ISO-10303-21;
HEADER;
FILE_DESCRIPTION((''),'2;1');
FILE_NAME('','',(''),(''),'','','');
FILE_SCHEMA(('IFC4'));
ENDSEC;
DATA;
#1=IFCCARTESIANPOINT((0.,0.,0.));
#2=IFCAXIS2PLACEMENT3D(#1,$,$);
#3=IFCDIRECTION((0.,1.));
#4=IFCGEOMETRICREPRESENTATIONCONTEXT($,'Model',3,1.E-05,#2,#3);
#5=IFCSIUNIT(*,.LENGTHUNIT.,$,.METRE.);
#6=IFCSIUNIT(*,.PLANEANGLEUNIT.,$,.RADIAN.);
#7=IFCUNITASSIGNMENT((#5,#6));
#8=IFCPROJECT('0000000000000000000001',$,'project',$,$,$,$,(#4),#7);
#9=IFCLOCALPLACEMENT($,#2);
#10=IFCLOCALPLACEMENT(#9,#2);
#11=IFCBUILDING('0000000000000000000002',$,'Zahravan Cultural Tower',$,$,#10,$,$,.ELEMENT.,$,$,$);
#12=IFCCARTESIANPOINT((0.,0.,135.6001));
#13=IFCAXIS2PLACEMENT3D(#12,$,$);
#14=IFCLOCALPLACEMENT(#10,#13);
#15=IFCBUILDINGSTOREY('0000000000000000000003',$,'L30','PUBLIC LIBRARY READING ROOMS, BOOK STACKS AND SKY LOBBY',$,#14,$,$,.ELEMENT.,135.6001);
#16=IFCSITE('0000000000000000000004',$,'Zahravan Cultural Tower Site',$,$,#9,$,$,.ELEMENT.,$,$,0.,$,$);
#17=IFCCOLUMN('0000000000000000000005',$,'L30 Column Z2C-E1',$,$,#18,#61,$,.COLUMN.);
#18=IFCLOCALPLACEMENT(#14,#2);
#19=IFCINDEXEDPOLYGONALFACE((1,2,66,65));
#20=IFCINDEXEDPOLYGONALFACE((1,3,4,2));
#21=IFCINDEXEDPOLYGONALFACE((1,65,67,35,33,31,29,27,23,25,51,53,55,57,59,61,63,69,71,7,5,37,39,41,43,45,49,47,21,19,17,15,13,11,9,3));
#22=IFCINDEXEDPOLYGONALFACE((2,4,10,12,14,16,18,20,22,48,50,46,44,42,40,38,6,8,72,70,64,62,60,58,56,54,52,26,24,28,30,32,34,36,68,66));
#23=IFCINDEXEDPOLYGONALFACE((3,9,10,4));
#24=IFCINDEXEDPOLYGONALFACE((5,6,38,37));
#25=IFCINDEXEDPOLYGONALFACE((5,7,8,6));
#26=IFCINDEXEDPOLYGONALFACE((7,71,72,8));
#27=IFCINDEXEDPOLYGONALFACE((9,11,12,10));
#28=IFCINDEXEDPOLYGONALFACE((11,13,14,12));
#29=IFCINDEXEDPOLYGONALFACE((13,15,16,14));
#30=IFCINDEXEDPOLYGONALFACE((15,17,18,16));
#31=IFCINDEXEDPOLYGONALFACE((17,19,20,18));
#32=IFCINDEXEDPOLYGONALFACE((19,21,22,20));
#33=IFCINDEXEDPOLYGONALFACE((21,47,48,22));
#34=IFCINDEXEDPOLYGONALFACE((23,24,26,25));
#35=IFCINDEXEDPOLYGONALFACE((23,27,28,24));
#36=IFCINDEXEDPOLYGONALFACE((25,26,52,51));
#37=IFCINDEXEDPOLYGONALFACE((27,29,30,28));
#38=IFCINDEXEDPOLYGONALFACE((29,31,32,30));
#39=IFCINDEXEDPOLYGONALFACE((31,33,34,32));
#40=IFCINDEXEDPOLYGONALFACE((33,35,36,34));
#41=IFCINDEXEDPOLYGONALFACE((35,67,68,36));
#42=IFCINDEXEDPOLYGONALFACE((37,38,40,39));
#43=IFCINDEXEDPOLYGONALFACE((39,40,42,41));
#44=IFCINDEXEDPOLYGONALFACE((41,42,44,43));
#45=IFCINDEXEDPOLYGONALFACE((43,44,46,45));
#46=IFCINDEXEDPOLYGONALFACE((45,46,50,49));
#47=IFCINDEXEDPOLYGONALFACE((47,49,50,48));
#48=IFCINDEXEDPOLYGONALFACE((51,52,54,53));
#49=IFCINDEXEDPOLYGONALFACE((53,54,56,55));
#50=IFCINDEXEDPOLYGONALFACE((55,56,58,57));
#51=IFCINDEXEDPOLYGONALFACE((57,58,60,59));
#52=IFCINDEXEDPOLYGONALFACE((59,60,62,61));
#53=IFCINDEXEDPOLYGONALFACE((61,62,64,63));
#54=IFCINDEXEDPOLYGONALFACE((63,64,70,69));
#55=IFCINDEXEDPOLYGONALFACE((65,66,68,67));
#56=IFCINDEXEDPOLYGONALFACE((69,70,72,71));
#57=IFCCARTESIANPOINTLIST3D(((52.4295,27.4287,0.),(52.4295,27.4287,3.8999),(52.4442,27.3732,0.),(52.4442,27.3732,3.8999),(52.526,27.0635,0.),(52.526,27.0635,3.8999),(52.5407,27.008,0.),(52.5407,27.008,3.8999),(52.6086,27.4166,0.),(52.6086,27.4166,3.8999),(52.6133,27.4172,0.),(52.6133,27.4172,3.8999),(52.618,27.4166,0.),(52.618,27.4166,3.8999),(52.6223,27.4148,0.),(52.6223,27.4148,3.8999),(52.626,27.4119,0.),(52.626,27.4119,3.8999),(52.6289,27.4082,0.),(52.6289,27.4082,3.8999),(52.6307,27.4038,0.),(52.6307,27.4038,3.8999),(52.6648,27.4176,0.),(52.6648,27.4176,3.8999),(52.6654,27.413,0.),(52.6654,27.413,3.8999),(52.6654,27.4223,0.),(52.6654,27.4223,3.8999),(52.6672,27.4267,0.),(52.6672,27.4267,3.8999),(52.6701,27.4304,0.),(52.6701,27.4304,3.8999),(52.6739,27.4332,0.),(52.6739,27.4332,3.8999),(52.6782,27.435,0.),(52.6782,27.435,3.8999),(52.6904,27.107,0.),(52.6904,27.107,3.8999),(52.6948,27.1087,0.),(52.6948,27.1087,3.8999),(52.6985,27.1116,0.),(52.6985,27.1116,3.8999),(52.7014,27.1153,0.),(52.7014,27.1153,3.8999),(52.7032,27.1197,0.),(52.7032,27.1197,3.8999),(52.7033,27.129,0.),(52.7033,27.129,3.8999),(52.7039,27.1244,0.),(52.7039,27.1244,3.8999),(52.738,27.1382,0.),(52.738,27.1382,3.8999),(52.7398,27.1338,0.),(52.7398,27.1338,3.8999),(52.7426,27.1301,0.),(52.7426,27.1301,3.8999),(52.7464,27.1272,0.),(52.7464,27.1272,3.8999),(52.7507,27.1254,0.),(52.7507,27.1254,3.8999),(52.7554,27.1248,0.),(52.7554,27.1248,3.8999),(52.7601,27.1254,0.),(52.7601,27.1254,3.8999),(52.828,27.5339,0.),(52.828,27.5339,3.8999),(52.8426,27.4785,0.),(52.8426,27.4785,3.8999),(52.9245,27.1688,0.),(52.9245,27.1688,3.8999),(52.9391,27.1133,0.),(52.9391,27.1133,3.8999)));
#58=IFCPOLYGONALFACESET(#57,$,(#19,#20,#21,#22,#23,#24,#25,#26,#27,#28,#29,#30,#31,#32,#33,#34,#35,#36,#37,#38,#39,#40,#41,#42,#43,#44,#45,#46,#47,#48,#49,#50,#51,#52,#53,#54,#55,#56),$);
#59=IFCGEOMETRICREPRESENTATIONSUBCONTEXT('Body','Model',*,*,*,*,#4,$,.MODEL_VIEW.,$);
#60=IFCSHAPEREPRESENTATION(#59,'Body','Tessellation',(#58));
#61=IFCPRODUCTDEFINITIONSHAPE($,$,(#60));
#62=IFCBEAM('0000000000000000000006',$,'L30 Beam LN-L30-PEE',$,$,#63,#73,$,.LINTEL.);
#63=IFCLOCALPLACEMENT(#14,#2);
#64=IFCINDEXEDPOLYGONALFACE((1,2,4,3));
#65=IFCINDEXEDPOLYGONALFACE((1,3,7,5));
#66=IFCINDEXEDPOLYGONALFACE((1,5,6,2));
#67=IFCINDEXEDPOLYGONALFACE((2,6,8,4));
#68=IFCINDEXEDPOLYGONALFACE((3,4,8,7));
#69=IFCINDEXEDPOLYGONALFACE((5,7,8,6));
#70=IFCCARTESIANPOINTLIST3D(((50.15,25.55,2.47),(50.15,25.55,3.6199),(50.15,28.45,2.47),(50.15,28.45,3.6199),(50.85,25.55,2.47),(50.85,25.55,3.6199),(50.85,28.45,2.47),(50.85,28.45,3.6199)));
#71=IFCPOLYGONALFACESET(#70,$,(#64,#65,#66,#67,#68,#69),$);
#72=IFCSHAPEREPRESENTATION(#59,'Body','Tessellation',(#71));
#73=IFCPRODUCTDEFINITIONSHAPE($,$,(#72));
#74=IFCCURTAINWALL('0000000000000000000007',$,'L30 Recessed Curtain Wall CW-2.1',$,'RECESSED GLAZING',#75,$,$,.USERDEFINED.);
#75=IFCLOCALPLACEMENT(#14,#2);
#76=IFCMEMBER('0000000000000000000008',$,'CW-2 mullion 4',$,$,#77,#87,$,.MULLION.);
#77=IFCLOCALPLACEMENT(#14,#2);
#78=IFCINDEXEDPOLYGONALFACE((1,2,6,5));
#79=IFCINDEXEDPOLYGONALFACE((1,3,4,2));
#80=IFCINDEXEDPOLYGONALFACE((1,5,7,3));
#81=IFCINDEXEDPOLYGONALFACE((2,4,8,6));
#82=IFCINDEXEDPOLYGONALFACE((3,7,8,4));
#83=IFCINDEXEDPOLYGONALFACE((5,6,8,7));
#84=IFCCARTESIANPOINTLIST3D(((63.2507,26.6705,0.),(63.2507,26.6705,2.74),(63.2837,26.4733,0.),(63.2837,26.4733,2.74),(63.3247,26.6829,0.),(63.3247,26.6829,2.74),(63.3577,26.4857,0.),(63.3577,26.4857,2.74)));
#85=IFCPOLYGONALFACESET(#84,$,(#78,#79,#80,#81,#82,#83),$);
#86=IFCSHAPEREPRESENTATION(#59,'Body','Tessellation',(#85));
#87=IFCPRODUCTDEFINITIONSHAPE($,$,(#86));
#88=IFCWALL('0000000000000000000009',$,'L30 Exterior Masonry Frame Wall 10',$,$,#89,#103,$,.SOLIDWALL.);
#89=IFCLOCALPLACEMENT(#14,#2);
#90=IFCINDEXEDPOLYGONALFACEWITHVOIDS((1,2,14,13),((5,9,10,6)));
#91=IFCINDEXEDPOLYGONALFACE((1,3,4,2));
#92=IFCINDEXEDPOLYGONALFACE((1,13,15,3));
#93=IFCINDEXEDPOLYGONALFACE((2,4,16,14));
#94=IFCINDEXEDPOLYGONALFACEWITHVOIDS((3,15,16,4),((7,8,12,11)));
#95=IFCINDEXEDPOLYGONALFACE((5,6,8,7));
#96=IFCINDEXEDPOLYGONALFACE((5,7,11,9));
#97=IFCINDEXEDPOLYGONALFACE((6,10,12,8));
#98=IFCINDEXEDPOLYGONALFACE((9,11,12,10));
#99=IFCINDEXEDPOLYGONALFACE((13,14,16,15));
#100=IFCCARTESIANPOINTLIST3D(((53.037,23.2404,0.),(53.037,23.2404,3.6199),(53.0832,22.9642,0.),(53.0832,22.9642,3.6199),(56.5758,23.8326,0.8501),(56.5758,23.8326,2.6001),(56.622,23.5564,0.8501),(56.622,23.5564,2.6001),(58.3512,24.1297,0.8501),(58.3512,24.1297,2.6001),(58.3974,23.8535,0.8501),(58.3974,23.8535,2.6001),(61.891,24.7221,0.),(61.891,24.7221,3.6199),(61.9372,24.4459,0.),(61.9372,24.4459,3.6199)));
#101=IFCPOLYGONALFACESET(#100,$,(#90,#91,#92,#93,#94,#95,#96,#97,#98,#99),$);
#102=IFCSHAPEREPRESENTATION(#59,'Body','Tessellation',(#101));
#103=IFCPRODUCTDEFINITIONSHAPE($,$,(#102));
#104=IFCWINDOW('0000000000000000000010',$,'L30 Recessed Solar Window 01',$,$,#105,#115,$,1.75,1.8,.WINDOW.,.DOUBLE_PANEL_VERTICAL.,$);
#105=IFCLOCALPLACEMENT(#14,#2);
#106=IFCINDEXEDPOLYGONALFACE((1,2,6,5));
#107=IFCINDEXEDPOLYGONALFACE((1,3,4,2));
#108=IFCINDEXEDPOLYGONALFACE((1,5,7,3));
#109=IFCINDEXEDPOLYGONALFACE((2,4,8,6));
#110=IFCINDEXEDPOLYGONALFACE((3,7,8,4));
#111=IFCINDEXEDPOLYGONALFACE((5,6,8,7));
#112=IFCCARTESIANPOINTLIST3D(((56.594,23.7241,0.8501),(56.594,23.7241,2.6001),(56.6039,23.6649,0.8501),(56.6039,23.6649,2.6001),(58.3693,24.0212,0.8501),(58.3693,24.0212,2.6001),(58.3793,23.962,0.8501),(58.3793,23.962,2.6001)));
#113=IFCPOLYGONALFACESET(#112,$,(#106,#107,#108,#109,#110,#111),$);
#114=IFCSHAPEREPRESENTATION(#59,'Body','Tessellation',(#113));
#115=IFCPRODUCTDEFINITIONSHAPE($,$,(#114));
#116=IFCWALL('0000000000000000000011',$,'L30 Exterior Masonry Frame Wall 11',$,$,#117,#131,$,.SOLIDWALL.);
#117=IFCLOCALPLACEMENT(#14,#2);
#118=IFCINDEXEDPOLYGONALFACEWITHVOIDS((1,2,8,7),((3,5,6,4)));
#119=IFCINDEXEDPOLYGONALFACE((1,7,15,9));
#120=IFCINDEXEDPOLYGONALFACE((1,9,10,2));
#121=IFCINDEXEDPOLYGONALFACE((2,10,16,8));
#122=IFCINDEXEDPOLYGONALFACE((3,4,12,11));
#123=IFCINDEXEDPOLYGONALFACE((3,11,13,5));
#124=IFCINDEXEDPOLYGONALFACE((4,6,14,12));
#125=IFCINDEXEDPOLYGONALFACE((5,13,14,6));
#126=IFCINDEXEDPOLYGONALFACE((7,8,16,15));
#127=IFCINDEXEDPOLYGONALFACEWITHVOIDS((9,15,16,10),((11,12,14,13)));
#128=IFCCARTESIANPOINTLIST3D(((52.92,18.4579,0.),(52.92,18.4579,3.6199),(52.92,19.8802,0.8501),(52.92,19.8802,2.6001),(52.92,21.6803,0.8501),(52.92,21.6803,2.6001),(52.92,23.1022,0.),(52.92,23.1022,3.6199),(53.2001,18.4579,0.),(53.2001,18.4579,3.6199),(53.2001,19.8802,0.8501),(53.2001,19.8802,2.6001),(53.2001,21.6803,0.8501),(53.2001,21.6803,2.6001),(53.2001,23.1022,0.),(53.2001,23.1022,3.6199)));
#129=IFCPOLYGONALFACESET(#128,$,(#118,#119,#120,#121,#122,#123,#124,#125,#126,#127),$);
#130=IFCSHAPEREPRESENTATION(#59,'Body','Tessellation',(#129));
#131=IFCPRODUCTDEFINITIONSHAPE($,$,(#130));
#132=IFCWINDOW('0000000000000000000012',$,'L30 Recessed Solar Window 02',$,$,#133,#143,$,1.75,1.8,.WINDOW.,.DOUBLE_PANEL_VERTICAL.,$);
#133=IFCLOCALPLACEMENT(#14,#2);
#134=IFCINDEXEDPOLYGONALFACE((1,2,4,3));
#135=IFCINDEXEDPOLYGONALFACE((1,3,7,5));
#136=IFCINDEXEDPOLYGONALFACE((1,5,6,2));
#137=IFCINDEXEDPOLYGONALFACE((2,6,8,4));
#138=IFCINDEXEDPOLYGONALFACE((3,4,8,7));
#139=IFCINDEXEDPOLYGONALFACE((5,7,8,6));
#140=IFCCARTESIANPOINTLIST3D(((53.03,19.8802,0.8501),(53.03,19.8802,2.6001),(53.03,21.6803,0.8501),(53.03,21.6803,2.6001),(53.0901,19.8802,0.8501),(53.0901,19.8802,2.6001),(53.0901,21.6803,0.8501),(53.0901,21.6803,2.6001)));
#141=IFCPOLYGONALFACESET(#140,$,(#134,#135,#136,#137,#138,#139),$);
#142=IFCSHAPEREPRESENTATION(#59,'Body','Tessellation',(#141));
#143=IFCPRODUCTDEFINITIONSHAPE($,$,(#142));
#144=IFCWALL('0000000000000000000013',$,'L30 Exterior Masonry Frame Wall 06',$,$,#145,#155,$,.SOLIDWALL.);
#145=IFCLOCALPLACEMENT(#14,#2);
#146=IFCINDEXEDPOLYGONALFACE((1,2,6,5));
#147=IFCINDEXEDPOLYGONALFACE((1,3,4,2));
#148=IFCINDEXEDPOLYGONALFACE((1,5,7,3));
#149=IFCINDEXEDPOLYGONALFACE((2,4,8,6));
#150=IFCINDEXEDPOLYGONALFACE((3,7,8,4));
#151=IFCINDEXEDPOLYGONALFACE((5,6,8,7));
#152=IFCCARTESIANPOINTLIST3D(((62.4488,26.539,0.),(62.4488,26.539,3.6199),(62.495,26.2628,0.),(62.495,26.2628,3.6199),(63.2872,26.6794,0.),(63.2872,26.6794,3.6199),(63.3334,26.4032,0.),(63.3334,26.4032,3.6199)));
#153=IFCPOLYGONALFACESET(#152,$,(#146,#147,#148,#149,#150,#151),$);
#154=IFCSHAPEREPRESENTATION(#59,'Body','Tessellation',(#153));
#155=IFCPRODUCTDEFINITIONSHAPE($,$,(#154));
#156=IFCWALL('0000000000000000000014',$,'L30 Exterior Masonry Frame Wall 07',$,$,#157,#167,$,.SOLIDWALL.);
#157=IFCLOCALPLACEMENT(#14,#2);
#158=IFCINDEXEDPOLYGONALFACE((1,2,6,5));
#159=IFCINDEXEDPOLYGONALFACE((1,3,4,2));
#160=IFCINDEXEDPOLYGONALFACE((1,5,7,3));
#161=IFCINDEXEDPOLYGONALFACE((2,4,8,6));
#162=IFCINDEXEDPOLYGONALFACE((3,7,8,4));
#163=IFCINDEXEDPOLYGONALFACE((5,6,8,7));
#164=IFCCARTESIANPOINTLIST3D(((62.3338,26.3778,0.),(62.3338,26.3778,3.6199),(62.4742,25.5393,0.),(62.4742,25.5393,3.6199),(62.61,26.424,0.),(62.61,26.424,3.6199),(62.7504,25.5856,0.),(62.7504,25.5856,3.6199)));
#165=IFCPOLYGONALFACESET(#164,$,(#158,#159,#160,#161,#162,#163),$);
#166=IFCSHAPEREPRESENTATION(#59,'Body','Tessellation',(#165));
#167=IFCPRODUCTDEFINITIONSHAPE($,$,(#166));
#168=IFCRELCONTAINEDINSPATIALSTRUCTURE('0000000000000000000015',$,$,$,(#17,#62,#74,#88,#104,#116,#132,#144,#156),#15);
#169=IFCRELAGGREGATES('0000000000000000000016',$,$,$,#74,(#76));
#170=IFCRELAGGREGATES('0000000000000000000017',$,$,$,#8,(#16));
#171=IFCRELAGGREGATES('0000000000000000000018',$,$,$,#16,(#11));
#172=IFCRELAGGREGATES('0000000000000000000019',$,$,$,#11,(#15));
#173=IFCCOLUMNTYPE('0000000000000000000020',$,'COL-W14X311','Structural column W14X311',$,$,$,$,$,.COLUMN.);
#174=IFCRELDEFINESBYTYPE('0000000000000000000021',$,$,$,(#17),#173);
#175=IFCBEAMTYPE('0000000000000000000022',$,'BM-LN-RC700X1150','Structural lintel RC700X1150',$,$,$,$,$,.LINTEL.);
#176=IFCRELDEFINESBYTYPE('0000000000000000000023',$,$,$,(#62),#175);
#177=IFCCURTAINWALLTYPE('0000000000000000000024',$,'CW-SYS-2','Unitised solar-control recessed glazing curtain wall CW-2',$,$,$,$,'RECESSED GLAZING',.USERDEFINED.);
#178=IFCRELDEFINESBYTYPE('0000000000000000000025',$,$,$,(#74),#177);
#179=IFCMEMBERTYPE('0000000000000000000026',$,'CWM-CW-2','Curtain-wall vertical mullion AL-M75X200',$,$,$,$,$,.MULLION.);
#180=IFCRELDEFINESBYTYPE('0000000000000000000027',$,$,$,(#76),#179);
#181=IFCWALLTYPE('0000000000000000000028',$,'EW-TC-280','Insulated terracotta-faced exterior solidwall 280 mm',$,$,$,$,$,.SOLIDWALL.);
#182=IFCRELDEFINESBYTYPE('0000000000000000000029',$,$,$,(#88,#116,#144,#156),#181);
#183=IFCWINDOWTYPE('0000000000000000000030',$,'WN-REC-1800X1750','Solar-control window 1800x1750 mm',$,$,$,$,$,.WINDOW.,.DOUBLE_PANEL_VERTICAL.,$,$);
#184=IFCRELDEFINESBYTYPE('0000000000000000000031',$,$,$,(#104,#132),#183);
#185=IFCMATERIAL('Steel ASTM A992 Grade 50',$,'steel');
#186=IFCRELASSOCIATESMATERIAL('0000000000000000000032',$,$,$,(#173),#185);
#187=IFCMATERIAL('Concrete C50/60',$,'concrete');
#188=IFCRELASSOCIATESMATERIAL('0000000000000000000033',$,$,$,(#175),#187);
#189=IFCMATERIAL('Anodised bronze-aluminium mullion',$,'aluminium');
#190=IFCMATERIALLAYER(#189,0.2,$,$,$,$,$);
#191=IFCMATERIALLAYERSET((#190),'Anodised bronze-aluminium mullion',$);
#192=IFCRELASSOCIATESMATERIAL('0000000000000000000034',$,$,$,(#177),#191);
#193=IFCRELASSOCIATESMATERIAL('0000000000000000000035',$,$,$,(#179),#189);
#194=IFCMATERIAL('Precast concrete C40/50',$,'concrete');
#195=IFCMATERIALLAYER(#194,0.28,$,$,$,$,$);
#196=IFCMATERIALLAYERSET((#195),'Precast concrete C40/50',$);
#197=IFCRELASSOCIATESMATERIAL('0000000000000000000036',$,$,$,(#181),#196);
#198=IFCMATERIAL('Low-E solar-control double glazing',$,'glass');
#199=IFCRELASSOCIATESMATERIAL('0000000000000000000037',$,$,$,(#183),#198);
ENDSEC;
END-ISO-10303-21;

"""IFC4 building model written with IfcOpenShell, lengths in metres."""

from ifc_helpers import new_model, si_unit, direction, frame, frame_2d, origin, origin_2d, place, context, subcontext, project, spatial, rectangle, i_section, extrude, source, transform, mapped, material, layer, layer_set, material_profile, profile_set, type_object, element, fill, aggregate, save


model = new_model("IFC4")

# Units and contexts
model_context = context("Model", 3, precision=1e-05, world=origin(), true_north=direction((0.0, 1.0)))
body_context = subcontext(model_context, "Body", "Model", "MODEL_VIEW")
ifc_project = project(units=[si_unit("LENGTHUNIT", "METRE"), si_unit("PLANEANGLEUNIT", "RADIAN")], contexts=[model_context])

# Site, building, storey
site_placement = place(None, origin())
site = spatial("IfcSite", under=ifc_project, at=site_placement, Name="Zahravan Cultural Tower Site", CompositionType="ELEMENT", RefElevation=0.0)
building_placement = place(site_placement, origin())
building = spatial("IfcBuilding", under=site, at=building_placement, Name="Zahravan Cultural Tower", CompositionType="ELEMENT")
storey_placement = place(building_placement, frame((0.0, 0.0, 135.6001)))
storey = spatial("IfcBuildingStorey", under=building, at=storey_placement, Name="L30", Description="PUBLIC LIBRARY READING ROOMS, BOOK STACKS AND SKY LOBBY", CompositionType="ELEMENT", Elevation=135.6001)

# Column
ifc_material_1 = material(Name="Steel ASTM A992 Grade 50", Category="steel")
ifc_material_profile_1 = material_profile(ifc_material_1, i_section(OverallWidth=0.4121, OverallDepth=0.4351, WebThickness=0.0359, FlangeThickness=0.0574, FilletRadius=0.0181, at=origin_2d()), Name="W14X311")
ifc_profile_set_1 = profile_set([ifc_material_profile_1], Name="Steel ASTM A992 Grade 50")
column_type = type_object("IfcColumnType", Name="COL-W14X311", Description="Structural column W14X311", PredefinedType="COLUMN", material=ifc_profile_set_1)
shared_shape_1 = source(origin(), body_context, "Body", "SweptSolid", [
    extrude(i_section(OverallWidth=0.4121, OverallDepth=0.4351, WebThickness=0.0359, FlangeThickness=0.0574, FilletRadius=0.0181, at=origin_2d()), origin(), (0.0, 0.0, 1.0), 3.8999),
])
column_placement = place(storey_placement, frame((52.6843, 27.271, 0.0), z_axis=(0.0, 0.0, 1.0), x_axis=(0.966823, 0.255446, 0.0)))
element("IfcColumn", 1, at=column_placement, inside=storey, type_object=column_type, Name="L30 Column Z2C-E1", PredefinedType="COLUMN", context=body_context, shape_type="MappedRepresentation", body=[
    mapped(shared_shape_1, transform((0.0, 0.0, 0.0), x_axis=(1.0, 0.0, 0.0), y_axis=(0.0, 1.0, 0.0), z_axis=(0.0, 0.0, 1.0), scale=1.0)),
])

# Beam
ifc_material_2 = material(Name="Concrete C50/60", Category="concrete")
ifc_material_profile_2 = material_profile(ifc_material_2, rectangle(XDim=0.7, YDim=1.1499, at=origin_2d()), Name="RC700X1150")
ifc_profile_set_2 = profile_set([ifc_material_profile_2], Name="Concrete C50/60")
beam_type = type_object("IfcBeamType", Name="BM-LN-RC700X1150", Description="Structural lintel RC700X1150", PredefinedType="LINTEL", material=ifc_profile_set_2)
shared_shape_2 = source(origin(), body_context, "Body", "SweptSolid", [
    extrude(rectangle(XDim=0.7, YDim=1.1499, at=origin_2d()), origin(), (0.0, 0.0, 1.0), 2.8999),
])
beam_placement = place(storey_placement, frame((50.5, 25.55, 3.0449), z_axis=(0.0, 1.0, 0.0), x_axis=(-1.0, 0.0, 0.0)))
element("IfcBeam", 2, at=beam_placement, inside=storey, type_object=beam_type, Name="L30 Beam LN-L30-PEE", PredefinedType="LINTEL", context=body_context, shape_type="MappedRepresentation", body=[
    mapped(shared_shape_2, transform((0.0, 0.0, 0.0), x_axis=(1.0, 0.0, 0.0), y_axis=(0.0, 1.0, 0.0), z_axis=(0.0, 0.0, 1.0), scale=1.0)),
])

# Curtain wall, member
ifc_material_3 = material(Name="Anodised bronze-aluminium mullion", Category="aluminium")
ifc_layer_1 = layer(ifc_material_3, 0.2)
ifc_layer_set_1 = layer_set([ifc_layer_1], Name="Anodised bronze-aluminium mullion")
curtain_wall_type = type_object("IfcCurtainWallType", Name="CW-SYS-2", Description="Unitised solar-control recessed glazing curtain wall CW-2", ElementType="RECESSED GLAZING", PredefinedType="USERDEFINED", material=ifc_layer_set_1)
curtain_wall_placement = place(storey_placement, origin())
curtain_wall = element("IfcCurtainWall", 3, at=curtain_wall_placement, inside=storey, type_object=curtain_wall_type, Name="L30 Recessed Curtain Wall CW-2.1", ObjectType="RECESSED GLAZING", PredefinedType="USERDEFINED")
ifc_material_profile_3 = material_profile(ifc_material_3, rectangle(XDim=0.075, YDim=0.2, at=origin_2d()), Name="AL-M75X200")
ifc_profile_set_3 = profile_set([ifc_material_profile_3], Name="Anodised bronze-aluminium mullion")
member_type = type_object("IfcMemberType", Name="CWM-CW-2", Description="Curtain-wall vertical mullion AL-M75X200", PredefinedType="MULLION", material=ifc_profile_set_3)
shared_shape_3 = source(origin(), body_context, "Body", "SweptSolid", [
    extrude(rectangle(XDim=0.075, YDim=0.2, at=origin_2d()), origin(), (0.0, 0.0, 1.0), 2.74),
])
member_placement = place(storey_placement, frame((63.3042, 26.5781, 0.0), z_axis=(0.0, 0.0, 1.0), x_axis=(0.986285, 0.165051, 0.0)))
member = element("IfcMember", 4, at=member_placement, type_object=member_type, Name="CW-2 mullion 4", PredefinedType="MULLION", context=body_context, shape_type="MappedRepresentation", body=[
    mapped(shared_shape_3, transform((0.0, 0.0, 0.0), x_axis=(1.0, 0.0, 0.0), y_axis=(0.0, 1.0, 0.0), z_axis=(0.0, 0.0, 1.0), scale=1.0)),
])
aggregate(curtain_wall, [member])

# Walls, openings, windows
ifc_material_4 = material(Name="Precast concrete C40/50", Category="concrete")
ifc_layer_2 = layer(ifc_material_4, 0.28)
ifc_layer_set_2 = layer_set([ifc_layer_2], Name="Precast concrete C40/50")
wall_type_1 = type_object("IfcWallType", Name="EW-TC-280", Description="Insulated terracotta-faced exterior solidwall 280 mm", PredefinedType="SOLIDWALL", material=ifc_layer_set_2)
wall_1_placement = place(storey_placement, frame((61.9141, 24.584, 0.0), z_axis=(0.0, 0.0, 1.0), x_axis=(-0.986285, -0.165052, 0.0)))
wall_1 = element("IfcWall", 5, at=wall_1_placement, inside=storey, type_object=wall_type_1, Name="L30 Exterior Masonry Frame Wall 10", PredefinedType="SOLIDWALL", context=body_context, shape_type="SweptSolid", body=[
    extrude(rectangle(XDim=8.9771, YDim=0.28, at=frame_2d((4.4885, 0.0))), origin(), (0.0, 0.0, 1.0), 3.6199),
])
opening_1_placement = place(wall_1_placement, frame((3.5891, 0.0, 0.8501)))
opening_1 = element("IfcOpeningElement", 6, at=opening_1_placement, cuts=wall_1, PredefinedType="OPENING", context=body_context, shape_type="SweptSolid", body=[
    extrude(rectangle(XDim=1.8, YDim=1.75, at=frame_2d((0.8999, 0.875))), frame((0.0, 0.1499, 0.0), z_axis=(0.0, -1.0, 0.0), x_axis=(1.0, 0.0, 0.0)), (0.0, 0.0, 1.0), 0.3),
])
ifc_material_5 = material(Name="Low-E solar-control double glazing", Category="glass")
window_type = type_object("IfcWindowType", Name="WN-REC-1800X1750", Description="Solar-control window 1800x1750 mm", PartitioningType="DOUBLE_PANEL_VERTICAL", PredefinedType="WINDOW", material=ifc_material_5)
shared_shape_4 = source(origin(), body_context, "Body", "SweptSolid", [
    extrude(rectangle(XDim=1.8, YDim=1.75, at=frame_2d((0.8999, 0.875))), frame((0.0, 0.03, 0.0), z_axis=(0.0, -1.0, 0.0), x_axis=(1.0, 0.0, 0.0)), (0.0, 0.0, 1.0), 0.0601),
])
window_1_placement = place(opening_1_placement, origin())
window_1 = element("IfcWindow", 7, at=window_1_placement, inside=storey, type_object=window_type, Name="L30 Recessed Solar Window 01", OverallHeight=1.75, OverallWidth=1.8, PartitioningType="DOUBLE_PANEL_VERTICAL", PredefinedType="WINDOW", context=body_context, shape_type="MappedRepresentation", body=[
    mapped(shared_shape_4, transform((0.0, 0.0, 0.0), x_axis=(1.0, 0.0, 0.0), y_axis=(0.0, 1.0, 0.0), z_axis=(0.0, 0.0, 1.0), scale=1.0)),
])
fill(opening_1, window_1)
wall_2_placement = place(storey_placement, frame((53.0601, 23.1023, 0.0), z_axis=(0.0, 0.0, 1.0), x_axis=(0.0, -1.0, 0.0)))
wall_2 = element("IfcWall", 8, at=wall_2_placement, inside=storey, type_object=wall_type_1, Name="L30 Exterior Masonry Frame Wall 11", PredefinedType="SOLIDWALL", context=body_context, shape_type="SweptSolid", body=[
    extrude(rectangle(XDim=4.6443, YDim=0.28, at=frame_2d((2.3223, 0.0))), origin(), (0.0, 0.0, 1.0), 3.6199),
])
opening_2_placement = place(wall_2_placement, frame((1.4221, 0.0, 0.8501)))
opening_2 = element("IfcOpeningElement", 9, at=opening_2_placement, cuts=wall_2, PredefinedType="OPENING", context=body_context, shape_type="SweptSolid", body=[
    extrude(rectangle(XDim=1.8, YDim=1.75, at=frame_2d((0.8999, 0.875))), frame((0.0, 0.1499, 0.0), z_axis=(0.0, -1.0, 0.0), x_axis=(1.0, 0.0, 0.0)), (0.0, 0.0, 1.0), 0.3),
])
window_2_placement = place(opening_2_placement, origin())
window_2 = element("IfcWindow", 10, at=window_2_placement, inside=storey, type_object=window_type, Name="L30 Recessed Solar Window 02", OverallHeight=1.75, OverallWidth=1.8, PartitioningType="DOUBLE_PANEL_VERTICAL", PredefinedType="WINDOW", context=body_context, shape_type="MappedRepresentation", body=[
    mapped(shared_shape_4, transform((0.0, 0.0, 0.0), x_axis=(1.0, 0.0, 0.0), y_axis=(0.0, 1.0, 0.0), z_axis=(0.0, 0.0, 1.0), scale=1.0)),
])
fill(opening_2, window_2)

# Walls
shared_shape_5 = source(origin(), body_context, "Body", "SweptSolid", [
    extrude(rectangle(XDim=0.8501, YDim=0.28, at=frame_2d((0.425, 0.0))), origin(), (0.0, 0.0, 1.0), 3.6199),
])
for number, where, z_axis, x_axis, name in (
    (11, (63.3103, 26.5413, 0.0), (0.0, 0.0, 1.0), (-0.986269, -0.165144, 0.0), "L30 Exterior Masonry Frame Wall 06"),
    (12, (62.4719, 26.4009, 0.0), (0.0, 0.0, 1.0), (0.165144, -0.986269, 0.0), "L30 Exterior Masonry Frame Wall 07"),
):
    element("IfcWall", number, at=place(storey_placement, frame(where, z_axis=z_axis, x_axis=x_axis)), inside=storey, type_object=wall_type_1, Name=name, PredefinedType="SOLIDWALL", context=body_context, shape_type="MappedRepresentation", body=[
        mapped(shared_shape_5, transform((0.0, 0.0, 0.0), x_axis=(1.0, 0.0, 0.0), y_axis=(0.0, 1.0, 0.0), z_axis=(0.0, 0.0, 1.0), scale=1.0)),
    ])

save(model, "model.ifc")
